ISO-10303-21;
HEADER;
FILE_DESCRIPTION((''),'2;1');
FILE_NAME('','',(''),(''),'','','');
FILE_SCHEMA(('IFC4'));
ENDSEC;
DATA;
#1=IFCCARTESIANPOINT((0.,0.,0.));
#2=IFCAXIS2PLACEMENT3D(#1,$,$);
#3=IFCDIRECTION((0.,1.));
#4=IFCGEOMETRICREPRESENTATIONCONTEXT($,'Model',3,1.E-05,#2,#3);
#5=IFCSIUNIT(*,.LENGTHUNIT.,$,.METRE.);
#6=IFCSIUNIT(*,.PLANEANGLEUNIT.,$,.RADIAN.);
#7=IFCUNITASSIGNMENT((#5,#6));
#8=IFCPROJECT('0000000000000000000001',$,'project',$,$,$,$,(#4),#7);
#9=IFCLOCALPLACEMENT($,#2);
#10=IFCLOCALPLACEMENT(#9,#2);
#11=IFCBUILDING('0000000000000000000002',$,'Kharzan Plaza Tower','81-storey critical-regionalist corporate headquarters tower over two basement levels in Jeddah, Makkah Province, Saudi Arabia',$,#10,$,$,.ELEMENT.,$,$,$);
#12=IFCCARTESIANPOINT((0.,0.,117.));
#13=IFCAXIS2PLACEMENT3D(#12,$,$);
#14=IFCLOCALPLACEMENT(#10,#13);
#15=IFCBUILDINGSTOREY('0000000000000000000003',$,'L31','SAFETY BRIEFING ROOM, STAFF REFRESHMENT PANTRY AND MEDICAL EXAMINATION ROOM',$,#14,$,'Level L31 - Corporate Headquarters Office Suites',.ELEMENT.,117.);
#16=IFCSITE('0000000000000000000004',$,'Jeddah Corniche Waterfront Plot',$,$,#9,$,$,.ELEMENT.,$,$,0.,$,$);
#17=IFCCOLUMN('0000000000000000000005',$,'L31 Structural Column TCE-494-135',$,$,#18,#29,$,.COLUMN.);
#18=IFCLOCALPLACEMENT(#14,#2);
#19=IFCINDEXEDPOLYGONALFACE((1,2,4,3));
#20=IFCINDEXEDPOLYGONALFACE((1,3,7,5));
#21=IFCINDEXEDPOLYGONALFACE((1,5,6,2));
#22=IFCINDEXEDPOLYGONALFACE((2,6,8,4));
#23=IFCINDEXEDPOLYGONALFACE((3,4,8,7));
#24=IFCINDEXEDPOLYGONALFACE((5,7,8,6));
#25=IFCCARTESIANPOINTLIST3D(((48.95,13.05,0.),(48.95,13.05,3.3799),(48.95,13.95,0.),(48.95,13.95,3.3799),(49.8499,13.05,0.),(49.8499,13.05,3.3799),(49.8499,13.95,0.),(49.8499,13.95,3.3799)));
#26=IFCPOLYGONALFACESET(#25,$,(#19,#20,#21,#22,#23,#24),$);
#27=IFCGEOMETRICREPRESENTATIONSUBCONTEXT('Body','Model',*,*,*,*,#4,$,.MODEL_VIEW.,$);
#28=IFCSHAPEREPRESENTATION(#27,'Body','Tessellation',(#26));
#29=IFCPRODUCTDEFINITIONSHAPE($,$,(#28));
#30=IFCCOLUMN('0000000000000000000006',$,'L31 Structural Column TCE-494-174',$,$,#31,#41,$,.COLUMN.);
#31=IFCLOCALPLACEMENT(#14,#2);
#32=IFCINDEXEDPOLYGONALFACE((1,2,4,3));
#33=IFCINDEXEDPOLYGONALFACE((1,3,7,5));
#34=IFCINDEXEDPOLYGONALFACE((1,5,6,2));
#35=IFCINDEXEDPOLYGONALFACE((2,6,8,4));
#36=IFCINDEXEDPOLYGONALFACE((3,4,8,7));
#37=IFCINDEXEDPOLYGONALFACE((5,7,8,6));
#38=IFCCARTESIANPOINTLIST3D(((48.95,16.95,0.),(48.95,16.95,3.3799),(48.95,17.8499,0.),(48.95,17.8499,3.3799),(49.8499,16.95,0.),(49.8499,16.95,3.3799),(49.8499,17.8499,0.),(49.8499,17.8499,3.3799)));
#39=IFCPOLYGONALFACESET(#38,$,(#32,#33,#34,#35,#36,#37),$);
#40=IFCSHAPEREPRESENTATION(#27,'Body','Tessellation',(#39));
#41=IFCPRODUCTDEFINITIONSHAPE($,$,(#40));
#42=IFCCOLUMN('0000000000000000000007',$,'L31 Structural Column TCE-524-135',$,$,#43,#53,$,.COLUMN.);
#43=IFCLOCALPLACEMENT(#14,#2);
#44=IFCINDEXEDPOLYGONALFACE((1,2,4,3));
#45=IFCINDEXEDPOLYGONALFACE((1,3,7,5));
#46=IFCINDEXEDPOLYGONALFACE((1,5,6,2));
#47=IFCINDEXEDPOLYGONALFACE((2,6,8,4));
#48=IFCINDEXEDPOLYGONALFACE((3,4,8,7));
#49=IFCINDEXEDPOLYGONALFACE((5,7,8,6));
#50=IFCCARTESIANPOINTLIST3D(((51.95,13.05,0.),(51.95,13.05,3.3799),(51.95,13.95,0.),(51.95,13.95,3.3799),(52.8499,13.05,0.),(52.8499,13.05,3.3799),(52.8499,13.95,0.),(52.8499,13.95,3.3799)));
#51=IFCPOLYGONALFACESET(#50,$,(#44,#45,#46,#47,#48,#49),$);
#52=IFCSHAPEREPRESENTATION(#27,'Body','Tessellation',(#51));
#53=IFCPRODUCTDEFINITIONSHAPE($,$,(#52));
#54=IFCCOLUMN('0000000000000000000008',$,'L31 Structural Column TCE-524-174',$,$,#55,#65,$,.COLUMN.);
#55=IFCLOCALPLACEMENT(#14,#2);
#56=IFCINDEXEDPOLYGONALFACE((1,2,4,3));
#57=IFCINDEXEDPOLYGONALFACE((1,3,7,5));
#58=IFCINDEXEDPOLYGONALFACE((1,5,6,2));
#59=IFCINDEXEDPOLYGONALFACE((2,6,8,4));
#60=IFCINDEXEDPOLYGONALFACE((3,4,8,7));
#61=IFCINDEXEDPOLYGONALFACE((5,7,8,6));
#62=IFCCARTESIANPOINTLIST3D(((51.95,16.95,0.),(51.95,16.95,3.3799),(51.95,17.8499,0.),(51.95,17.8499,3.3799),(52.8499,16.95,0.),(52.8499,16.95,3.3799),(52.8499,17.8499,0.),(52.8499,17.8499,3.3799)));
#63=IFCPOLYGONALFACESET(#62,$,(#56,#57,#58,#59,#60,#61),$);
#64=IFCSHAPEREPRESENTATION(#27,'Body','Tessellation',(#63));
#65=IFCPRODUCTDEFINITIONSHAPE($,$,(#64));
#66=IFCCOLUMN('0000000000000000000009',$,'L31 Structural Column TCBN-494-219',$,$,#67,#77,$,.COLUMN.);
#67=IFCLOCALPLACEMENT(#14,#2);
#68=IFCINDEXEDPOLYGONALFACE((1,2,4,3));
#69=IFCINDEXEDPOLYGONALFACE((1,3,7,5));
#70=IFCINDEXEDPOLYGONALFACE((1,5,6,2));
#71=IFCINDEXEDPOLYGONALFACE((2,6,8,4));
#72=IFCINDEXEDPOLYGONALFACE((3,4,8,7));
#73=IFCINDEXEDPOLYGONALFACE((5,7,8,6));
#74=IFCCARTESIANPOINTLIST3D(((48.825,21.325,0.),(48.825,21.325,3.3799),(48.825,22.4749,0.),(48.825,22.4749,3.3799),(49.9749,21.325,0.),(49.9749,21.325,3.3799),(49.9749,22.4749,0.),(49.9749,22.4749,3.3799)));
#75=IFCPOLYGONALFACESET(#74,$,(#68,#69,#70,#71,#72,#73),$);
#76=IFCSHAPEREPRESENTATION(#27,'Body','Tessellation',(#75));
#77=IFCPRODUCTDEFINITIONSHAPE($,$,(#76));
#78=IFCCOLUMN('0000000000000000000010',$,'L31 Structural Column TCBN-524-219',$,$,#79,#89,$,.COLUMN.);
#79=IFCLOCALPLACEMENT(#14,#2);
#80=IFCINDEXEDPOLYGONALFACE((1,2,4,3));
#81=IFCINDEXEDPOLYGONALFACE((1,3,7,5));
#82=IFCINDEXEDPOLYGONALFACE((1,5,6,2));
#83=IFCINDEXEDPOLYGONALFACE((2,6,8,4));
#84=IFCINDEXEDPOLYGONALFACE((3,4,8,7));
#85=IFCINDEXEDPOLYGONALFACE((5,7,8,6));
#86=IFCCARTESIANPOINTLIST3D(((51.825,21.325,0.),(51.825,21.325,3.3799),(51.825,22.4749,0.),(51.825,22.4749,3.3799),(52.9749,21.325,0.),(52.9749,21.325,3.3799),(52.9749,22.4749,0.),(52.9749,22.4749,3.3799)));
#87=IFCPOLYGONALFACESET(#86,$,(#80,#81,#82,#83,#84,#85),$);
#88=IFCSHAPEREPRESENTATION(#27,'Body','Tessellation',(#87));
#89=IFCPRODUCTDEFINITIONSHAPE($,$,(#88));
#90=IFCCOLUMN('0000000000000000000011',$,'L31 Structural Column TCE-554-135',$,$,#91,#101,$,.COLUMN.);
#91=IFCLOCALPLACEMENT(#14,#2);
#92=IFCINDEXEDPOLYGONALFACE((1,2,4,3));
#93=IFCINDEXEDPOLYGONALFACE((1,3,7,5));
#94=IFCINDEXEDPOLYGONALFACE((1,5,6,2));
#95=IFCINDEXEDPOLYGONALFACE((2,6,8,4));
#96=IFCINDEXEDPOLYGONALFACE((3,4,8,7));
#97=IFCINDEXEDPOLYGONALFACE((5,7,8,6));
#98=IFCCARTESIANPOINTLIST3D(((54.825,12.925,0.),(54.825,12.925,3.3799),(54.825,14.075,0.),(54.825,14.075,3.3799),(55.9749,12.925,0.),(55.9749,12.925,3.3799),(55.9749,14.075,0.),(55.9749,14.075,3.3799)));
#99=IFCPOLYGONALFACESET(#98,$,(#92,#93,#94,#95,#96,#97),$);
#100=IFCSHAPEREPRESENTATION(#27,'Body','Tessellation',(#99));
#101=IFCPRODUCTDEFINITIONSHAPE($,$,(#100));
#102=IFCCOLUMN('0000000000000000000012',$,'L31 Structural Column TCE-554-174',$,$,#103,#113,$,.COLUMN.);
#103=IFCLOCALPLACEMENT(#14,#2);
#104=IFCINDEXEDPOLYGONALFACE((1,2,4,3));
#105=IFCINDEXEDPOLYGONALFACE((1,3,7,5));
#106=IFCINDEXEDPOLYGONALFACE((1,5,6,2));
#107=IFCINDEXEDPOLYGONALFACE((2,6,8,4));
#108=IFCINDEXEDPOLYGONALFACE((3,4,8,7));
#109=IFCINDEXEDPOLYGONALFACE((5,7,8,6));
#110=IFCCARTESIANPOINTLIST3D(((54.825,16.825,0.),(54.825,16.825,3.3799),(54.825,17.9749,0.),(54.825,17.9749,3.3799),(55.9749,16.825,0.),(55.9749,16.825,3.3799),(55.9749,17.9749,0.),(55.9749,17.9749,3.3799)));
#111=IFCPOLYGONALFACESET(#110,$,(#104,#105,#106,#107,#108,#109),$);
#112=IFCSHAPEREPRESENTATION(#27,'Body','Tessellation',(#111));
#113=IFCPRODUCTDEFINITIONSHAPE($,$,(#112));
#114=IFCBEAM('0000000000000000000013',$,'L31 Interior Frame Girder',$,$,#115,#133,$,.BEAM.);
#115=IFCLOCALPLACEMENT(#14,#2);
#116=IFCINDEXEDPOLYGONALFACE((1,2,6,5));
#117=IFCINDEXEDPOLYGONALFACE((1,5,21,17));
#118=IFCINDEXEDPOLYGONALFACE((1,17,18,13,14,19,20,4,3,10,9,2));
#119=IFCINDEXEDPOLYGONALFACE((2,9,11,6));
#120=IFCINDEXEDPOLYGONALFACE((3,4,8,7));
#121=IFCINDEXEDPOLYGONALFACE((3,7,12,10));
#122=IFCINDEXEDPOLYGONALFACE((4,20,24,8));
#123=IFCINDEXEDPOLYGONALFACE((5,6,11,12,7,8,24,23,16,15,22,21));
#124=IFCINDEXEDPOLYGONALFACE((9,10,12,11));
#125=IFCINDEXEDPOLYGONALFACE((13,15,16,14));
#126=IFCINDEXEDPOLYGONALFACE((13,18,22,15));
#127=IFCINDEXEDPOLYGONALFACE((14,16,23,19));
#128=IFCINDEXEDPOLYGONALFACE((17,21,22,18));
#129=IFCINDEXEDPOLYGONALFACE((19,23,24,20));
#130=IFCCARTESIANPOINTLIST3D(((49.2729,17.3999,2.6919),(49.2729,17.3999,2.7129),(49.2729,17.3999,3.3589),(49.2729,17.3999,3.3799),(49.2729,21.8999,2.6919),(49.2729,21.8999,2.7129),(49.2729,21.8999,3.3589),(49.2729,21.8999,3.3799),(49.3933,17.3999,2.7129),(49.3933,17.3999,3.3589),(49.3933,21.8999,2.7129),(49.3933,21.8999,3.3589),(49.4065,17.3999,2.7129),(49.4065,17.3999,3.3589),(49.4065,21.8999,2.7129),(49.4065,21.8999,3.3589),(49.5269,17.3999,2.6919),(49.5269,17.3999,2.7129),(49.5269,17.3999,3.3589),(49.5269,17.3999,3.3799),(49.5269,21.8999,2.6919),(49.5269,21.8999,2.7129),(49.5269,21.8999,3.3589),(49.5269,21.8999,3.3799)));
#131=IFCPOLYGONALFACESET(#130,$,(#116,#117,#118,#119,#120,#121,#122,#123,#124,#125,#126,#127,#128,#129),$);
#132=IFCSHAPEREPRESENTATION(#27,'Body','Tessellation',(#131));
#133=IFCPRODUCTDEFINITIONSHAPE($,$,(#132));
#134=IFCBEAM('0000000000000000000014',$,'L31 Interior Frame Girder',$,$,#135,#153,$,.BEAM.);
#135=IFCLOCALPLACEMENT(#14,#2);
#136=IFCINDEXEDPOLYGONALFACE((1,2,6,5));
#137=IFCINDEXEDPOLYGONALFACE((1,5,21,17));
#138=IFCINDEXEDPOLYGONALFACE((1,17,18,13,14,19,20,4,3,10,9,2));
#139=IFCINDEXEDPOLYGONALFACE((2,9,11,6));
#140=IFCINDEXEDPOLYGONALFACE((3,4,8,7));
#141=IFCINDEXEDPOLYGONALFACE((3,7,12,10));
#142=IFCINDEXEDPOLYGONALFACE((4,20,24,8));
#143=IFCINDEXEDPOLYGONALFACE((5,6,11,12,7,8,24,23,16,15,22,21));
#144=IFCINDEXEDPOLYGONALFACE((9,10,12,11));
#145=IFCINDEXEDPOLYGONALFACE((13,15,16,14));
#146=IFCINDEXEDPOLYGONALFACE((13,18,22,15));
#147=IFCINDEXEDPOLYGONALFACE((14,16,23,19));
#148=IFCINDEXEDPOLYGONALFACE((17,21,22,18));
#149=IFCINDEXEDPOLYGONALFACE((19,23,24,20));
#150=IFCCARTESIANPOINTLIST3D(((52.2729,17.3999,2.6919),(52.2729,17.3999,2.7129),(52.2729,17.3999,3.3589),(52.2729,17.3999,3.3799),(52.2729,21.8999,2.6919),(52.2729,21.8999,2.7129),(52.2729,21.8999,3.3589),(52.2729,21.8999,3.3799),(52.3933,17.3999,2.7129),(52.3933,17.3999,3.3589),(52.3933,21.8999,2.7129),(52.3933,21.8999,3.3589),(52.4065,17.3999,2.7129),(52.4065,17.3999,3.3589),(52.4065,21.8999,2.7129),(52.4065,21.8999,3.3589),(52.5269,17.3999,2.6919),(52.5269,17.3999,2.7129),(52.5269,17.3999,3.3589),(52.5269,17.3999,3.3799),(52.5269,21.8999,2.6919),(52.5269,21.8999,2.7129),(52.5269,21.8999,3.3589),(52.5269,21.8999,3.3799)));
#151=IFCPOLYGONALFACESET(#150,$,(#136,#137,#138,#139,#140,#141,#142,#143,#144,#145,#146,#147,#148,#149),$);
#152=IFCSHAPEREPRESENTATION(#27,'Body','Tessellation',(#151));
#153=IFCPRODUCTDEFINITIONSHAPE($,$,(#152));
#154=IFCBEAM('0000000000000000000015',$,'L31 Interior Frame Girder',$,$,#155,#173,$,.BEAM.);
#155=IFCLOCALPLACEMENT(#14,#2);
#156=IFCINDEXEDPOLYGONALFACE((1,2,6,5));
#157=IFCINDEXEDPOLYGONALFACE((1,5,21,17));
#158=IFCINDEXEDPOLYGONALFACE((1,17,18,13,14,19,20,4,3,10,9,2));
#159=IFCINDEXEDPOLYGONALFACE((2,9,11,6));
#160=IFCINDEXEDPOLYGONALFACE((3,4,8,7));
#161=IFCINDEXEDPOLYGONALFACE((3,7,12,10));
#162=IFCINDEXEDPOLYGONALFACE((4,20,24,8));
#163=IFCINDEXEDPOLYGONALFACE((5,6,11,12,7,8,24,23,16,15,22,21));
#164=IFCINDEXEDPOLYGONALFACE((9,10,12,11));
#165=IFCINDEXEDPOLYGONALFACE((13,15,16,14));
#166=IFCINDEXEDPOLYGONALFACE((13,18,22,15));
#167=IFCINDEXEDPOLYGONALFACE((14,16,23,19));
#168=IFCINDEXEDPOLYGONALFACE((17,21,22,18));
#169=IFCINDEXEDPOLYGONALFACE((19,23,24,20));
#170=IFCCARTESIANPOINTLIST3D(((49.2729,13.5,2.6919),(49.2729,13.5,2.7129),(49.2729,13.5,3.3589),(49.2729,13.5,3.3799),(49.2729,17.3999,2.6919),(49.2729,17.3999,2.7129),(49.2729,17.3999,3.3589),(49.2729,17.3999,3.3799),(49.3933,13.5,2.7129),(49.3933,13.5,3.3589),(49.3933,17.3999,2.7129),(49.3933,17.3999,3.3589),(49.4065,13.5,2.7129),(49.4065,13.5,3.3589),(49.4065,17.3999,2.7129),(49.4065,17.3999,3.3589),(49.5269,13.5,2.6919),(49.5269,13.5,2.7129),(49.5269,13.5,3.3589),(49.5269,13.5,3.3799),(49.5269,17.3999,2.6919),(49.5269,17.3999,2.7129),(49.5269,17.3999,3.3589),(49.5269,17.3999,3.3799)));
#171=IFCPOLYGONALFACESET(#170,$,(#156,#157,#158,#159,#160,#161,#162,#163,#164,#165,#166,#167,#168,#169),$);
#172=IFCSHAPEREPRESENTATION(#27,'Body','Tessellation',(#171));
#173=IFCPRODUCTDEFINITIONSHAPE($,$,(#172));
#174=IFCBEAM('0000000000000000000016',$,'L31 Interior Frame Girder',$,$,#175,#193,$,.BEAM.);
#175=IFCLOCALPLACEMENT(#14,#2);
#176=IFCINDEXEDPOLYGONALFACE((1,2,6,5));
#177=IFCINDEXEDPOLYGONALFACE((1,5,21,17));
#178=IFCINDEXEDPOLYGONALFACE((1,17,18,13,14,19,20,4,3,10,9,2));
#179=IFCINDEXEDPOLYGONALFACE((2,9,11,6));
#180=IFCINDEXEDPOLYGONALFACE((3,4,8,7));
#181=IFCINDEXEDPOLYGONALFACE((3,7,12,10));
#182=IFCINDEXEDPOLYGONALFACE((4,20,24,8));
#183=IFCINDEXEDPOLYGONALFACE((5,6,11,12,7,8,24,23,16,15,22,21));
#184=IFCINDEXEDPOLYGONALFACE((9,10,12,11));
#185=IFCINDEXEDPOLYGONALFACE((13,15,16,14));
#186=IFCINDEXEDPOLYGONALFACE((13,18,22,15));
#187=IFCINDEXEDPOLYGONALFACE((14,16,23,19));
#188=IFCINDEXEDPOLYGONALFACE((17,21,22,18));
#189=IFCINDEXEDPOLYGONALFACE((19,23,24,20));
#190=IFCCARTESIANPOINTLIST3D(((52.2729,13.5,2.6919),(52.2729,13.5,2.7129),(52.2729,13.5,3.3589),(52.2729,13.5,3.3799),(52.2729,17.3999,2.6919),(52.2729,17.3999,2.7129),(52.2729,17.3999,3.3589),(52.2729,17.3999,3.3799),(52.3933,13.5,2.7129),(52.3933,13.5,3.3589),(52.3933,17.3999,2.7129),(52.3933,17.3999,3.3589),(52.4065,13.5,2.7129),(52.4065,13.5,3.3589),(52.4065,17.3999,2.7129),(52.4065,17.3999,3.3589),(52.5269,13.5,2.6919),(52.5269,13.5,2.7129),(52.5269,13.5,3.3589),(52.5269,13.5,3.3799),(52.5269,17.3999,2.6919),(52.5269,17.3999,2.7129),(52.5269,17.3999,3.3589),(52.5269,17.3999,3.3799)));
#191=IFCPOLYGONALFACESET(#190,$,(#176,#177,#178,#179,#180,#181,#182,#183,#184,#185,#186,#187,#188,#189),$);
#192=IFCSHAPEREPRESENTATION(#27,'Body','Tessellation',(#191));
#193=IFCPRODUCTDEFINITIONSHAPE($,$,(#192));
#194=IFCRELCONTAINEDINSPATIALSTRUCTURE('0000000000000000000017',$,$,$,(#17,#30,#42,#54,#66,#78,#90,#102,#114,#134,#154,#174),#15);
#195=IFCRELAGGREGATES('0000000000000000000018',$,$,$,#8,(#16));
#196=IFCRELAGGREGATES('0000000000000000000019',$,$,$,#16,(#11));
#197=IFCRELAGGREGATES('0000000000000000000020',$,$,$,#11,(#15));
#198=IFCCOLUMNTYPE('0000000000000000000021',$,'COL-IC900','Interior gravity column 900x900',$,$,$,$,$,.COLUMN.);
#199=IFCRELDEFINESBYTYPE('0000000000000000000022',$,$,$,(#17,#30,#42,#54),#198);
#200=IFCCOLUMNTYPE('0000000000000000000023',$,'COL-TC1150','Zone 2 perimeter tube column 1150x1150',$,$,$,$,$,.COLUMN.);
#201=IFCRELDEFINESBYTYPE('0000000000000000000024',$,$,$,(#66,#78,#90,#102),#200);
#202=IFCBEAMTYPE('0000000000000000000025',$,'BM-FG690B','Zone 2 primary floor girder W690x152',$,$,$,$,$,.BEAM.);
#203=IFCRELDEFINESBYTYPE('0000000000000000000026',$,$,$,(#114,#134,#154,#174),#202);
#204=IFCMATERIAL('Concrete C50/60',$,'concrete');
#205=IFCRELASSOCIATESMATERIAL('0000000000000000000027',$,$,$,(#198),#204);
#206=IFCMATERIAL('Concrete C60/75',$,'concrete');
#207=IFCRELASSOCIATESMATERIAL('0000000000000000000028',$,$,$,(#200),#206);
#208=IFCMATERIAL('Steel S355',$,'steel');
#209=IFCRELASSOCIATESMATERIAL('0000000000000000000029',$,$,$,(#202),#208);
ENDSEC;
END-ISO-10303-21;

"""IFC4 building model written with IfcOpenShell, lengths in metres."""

from ifc_helpers import new_model, si_unit, direction, frame, origin, origin_2d, place, context, subcontext, project, spatial, rectangle, i_section, extrude, source, transform, mapped, material, material_profile, profile_set, type_object, element, save


model = new_model("IFC4")

# Units and contexts
model_context = context("Model", 3, precision=1e-05, world=origin(), true_north=direction((0.0, 1.0)))
body_context = subcontext(model_context, "Body", "Model", "MODEL_VIEW")
ifc_project = project(units=[si_unit("LENGTHUNIT", "METRE"), si_unit("PLANEANGLEUNIT", "RADIAN")], contexts=[model_context])

# Site, building, storey
site_placement = place(None, origin())
site = spatial("IfcSite", under=ifc_project, at=site_placement, Name="Jeddah Corniche Waterfront Plot", CompositionType="ELEMENT", RefElevation=0.0)
building_placement = place(site_placement, origin())
building = spatial("IfcBuilding", under=site, at=building_placement, Name="Kharzan Plaza Tower", Description="81-storey critical-regionalist corporate headquarters tower over two basement levels in Jeddah, Makkah Province, Saudi Arabia", CompositionType="ELEMENT")
storey_placement = place(building_placement, frame((0.0, 0.0, 117.0)))
storey = spatial("IfcBuildingStorey", under=building, at=storey_placement, Name="L31", Description="SAFETY BRIEFING ROOM, STAFF REFRESHMENT PANTRY AND MEDICAL EXAMINATION ROOM", LongName="Level L31 - Corporate Headquarters Office Suites", CompositionType="ELEMENT", Elevation=117.0)

# Columns
ifc_material_1 = material(Name="Concrete C50/60", Category="concrete")
ifc_material_profile_1 = material_profile(ifc_material_1, rectangle(XDim=0.8999, YDim=0.8999, at=origin_2d()), Name="RC-IC900x900")
ifc_profile_set_1 = profile_set([ifc_material_profile_1], Name="Concrete C50/60")
column_type_1 = type_object("IfcColumnType", Name="COL-IC900", Description="Interior gravity column 900x900", PredefinedType="COLUMN", material=ifc_profile_set_1)
shared_shape_1 = source(origin(), body_context, "Body", "SweptSolid", [
    extrude(rectangle(XDim=0.8999, YDim=0.8999, at=origin_2d()), origin(), (0.0, 0.0, 1.0), 3.3799),
])
for number, where, z_axis, x_axis, name in (
    (1, (49.3999, 13.5, 0.0), (0.0, 0.0, 1.0), (1.0, 0.0, 0.0), "L31 Structural Column TCE-494-135"),
    (2, (49.3999, 17.3999, 0.0), (0.0, 0.0, 1.0), (1.0, 0.0, 0.0), "L31 Structural Column TCE-494-174"),
    (3, (52.3999, 13.5, 0.0), (0.0, 0.0, 1.0), (1.0, 0.0, 0.0), "L31 Structural Column TCE-524-135"),
    (4, (52.3999, 17.3999, 0.0), (0.0, 0.0, 1.0), (1.0, 0.0, 0.0), "L31 Structural Column TCE-524-174"),
):
    element("IfcColumn", number, at=place(storey_placement, frame(where, z_axis=z_axis, x_axis=x_axis)), inside=storey, type_object=column_type_1, Name=name, PredefinedType="COLUMN", context=body_context, shape_type="MappedRepresentation", body=[
        mapped(shared_shape_1, transform((0.0, 0.0, 0.0), x_axis=(1.0, 0.0, 0.0), y_axis=(0.0, 1.0, 0.0), z_axis=(0.0, 0.0, 1.0))),
    ])
ifc_material_2 = material(Name="Concrete C60/75", Category="concrete")
ifc_material_profile_2 = material_profile(ifc_material_2, rectangle(XDim=1.1499, YDim=1.1499, at=origin_2d()), Name="RC-TC1150x1150")
ifc_profile_set_2 = profile_set([ifc_material_profile_2], Name="Concrete C60/75")
column_type_2 = type_object("IfcColumnType", Name="COL-TC1150", Description="Zone 2 perimeter tube column 1150x1150", PredefinedType="COLUMN", material=ifc_profile_set_2)
shared_shape_2 = source(origin(), body_context, "Body", "SweptSolid", [
    extrude(rectangle(XDim=1.1499, YDim=1.1499, at=origin_2d()), origin(), (0.0, 0.0, 1.0), 3.3799),
])
for number, where, z_axis, x_axis, name in (
    (5, (49.3999, 21.8999, 0.0), (0.0, 0.0, 1.0), (1.0, 0.0, 0.0), "L31 Structural Column TCBN-494-219"),
    (6, (52.3999, 21.8999, 0.0), (0.0, 0.0, 1.0), (1.0, 0.0, 0.0), "L31 Structural Column TCBN-524-219"),
    (7, (55.3999, 13.5, 0.0), (0.0, 0.0, 1.0), (1.0, 0.0, 0.0), "L31 Structural Column TCE-554-135"),
    (8, (55.3999, 17.3999, 0.0), (0.0, 0.0, 1.0), (1.0, 0.0, 0.0), "L31 Structural Column TCE-554-174"),
):
    element("IfcColumn", number, at=place(storey_placement, frame(where, z_axis=z_axis, x_axis=x_axis)), inside=storey, type_object=column_type_2, Name=name, PredefinedType="COLUMN", context=body_context, shape_type="MappedRepresentation", body=[
        mapped(shared_shape_2, transform((0.0, 0.0, 0.0), x_axis=(1.0, 0.0, 0.0), y_axis=(0.0, 1.0, 0.0), z_axis=(0.0, 0.0, 1.0))),
    ])

# Beams
ifc_material_3 = material(Name="Steel S355", Category="steel")
ifc_material_profile_3 = material_profile(ifc_material_3, i_section(OverallWidth=0.2539, OverallDepth=0.688, WebThickness=0.0132, FlangeThickness=0.021, at=origin_2d()), Name="W690x152")
ifc_profile_set_3 = profile_set([ifc_material_profile_3], Name="Steel S355")
beam_type_1 = type_object("IfcBeamType", Name="BM-FG690B", Description="Zone 2 primary floor girder W690x152", PredefinedType="BEAM", material=ifc_profile_set_3)
shared_shape_3 = source(origin(), body_context, "Body", "SweptSolid", [
    extrude(i_section(OverallWidth=0.2539, OverallDepth=0.688, WebThickness=0.0132, FlangeThickness=0.021, at=origin_2d()), origin(), (0.0, 0.0, 1.0), 4.5),
])
for number, where, z_axis, x_axis, name in (
    (9, (49.3999, 17.3999, 3.0359), (0.0, 1.0, 0.0), (-1.0, 0.0, 0.0), "L31 Interior Frame Girder"),
    (10, (52.3999, 17.3999, 3.0359), (0.0, 1.0, 0.0), (-1.0, 0.0, 0.0), "L31 Interior Frame Girder"),
):
    element("IfcBeam", number, at=place(storey_placement, frame(where, z_axis=z_axis, x_axis=x_axis)), inside=storey, type_object=beam_type_1, Name=name, PredefinedType="BEAM", context=body_context, shape_type="MappedRepresentation", body=[
        mapped(shared_shape_3, transform((0.0, 0.0, 0.0), x_axis=(1.0, 0.0, 0.0), y_axis=(0.0, 1.0, 0.0), z_axis=(0.0, 0.0, 1.0))),
    ])
shared_shape_4 = source(origin(), body_context, "Body", "SweptSolid", [
    extrude(i_section(OverallWidth=0.2539, OverallDepth=0.688, WebThickness=0.0132, FlangeThickness=0.021, at=origin_2d()), origin(), (0.0, 0.0, 1.0), 3.8999),
])
for number, where, z_axis, x_axis, name in (
    (11, (49.3999, 13.5, 3.0359), (0.0, 1.0, 0.0), (-1.0, 0.0, 0.0), "L31 Interior Frame Girder"),
    (12, (52.3999, 13.5, 3.0359), (0.0, 1.0, 0.0), (-1.0, 0.0, 0.0), "L31 Interior Frame Girder"),
):
    element("IfcBeam", number, at=place(storey_placement, frame(where, z_axis=z_axis, x_axis=x_axis)), inside=storey, type_object=beam_type_1, Name=name, PredefinedType="BEAM", context=body_context, shape_type="MappedRepresentation", body=[
        mapped(shared_shape_4, transform((0.0, 0.0, 0.0), x_axis=(1.0, 0.0, 0.0), y_axis=(0.0, 1.0, 0.0), z_axis=(0.0, 0.0, 1.0))),
    ])

save(model, "model.ifc")
